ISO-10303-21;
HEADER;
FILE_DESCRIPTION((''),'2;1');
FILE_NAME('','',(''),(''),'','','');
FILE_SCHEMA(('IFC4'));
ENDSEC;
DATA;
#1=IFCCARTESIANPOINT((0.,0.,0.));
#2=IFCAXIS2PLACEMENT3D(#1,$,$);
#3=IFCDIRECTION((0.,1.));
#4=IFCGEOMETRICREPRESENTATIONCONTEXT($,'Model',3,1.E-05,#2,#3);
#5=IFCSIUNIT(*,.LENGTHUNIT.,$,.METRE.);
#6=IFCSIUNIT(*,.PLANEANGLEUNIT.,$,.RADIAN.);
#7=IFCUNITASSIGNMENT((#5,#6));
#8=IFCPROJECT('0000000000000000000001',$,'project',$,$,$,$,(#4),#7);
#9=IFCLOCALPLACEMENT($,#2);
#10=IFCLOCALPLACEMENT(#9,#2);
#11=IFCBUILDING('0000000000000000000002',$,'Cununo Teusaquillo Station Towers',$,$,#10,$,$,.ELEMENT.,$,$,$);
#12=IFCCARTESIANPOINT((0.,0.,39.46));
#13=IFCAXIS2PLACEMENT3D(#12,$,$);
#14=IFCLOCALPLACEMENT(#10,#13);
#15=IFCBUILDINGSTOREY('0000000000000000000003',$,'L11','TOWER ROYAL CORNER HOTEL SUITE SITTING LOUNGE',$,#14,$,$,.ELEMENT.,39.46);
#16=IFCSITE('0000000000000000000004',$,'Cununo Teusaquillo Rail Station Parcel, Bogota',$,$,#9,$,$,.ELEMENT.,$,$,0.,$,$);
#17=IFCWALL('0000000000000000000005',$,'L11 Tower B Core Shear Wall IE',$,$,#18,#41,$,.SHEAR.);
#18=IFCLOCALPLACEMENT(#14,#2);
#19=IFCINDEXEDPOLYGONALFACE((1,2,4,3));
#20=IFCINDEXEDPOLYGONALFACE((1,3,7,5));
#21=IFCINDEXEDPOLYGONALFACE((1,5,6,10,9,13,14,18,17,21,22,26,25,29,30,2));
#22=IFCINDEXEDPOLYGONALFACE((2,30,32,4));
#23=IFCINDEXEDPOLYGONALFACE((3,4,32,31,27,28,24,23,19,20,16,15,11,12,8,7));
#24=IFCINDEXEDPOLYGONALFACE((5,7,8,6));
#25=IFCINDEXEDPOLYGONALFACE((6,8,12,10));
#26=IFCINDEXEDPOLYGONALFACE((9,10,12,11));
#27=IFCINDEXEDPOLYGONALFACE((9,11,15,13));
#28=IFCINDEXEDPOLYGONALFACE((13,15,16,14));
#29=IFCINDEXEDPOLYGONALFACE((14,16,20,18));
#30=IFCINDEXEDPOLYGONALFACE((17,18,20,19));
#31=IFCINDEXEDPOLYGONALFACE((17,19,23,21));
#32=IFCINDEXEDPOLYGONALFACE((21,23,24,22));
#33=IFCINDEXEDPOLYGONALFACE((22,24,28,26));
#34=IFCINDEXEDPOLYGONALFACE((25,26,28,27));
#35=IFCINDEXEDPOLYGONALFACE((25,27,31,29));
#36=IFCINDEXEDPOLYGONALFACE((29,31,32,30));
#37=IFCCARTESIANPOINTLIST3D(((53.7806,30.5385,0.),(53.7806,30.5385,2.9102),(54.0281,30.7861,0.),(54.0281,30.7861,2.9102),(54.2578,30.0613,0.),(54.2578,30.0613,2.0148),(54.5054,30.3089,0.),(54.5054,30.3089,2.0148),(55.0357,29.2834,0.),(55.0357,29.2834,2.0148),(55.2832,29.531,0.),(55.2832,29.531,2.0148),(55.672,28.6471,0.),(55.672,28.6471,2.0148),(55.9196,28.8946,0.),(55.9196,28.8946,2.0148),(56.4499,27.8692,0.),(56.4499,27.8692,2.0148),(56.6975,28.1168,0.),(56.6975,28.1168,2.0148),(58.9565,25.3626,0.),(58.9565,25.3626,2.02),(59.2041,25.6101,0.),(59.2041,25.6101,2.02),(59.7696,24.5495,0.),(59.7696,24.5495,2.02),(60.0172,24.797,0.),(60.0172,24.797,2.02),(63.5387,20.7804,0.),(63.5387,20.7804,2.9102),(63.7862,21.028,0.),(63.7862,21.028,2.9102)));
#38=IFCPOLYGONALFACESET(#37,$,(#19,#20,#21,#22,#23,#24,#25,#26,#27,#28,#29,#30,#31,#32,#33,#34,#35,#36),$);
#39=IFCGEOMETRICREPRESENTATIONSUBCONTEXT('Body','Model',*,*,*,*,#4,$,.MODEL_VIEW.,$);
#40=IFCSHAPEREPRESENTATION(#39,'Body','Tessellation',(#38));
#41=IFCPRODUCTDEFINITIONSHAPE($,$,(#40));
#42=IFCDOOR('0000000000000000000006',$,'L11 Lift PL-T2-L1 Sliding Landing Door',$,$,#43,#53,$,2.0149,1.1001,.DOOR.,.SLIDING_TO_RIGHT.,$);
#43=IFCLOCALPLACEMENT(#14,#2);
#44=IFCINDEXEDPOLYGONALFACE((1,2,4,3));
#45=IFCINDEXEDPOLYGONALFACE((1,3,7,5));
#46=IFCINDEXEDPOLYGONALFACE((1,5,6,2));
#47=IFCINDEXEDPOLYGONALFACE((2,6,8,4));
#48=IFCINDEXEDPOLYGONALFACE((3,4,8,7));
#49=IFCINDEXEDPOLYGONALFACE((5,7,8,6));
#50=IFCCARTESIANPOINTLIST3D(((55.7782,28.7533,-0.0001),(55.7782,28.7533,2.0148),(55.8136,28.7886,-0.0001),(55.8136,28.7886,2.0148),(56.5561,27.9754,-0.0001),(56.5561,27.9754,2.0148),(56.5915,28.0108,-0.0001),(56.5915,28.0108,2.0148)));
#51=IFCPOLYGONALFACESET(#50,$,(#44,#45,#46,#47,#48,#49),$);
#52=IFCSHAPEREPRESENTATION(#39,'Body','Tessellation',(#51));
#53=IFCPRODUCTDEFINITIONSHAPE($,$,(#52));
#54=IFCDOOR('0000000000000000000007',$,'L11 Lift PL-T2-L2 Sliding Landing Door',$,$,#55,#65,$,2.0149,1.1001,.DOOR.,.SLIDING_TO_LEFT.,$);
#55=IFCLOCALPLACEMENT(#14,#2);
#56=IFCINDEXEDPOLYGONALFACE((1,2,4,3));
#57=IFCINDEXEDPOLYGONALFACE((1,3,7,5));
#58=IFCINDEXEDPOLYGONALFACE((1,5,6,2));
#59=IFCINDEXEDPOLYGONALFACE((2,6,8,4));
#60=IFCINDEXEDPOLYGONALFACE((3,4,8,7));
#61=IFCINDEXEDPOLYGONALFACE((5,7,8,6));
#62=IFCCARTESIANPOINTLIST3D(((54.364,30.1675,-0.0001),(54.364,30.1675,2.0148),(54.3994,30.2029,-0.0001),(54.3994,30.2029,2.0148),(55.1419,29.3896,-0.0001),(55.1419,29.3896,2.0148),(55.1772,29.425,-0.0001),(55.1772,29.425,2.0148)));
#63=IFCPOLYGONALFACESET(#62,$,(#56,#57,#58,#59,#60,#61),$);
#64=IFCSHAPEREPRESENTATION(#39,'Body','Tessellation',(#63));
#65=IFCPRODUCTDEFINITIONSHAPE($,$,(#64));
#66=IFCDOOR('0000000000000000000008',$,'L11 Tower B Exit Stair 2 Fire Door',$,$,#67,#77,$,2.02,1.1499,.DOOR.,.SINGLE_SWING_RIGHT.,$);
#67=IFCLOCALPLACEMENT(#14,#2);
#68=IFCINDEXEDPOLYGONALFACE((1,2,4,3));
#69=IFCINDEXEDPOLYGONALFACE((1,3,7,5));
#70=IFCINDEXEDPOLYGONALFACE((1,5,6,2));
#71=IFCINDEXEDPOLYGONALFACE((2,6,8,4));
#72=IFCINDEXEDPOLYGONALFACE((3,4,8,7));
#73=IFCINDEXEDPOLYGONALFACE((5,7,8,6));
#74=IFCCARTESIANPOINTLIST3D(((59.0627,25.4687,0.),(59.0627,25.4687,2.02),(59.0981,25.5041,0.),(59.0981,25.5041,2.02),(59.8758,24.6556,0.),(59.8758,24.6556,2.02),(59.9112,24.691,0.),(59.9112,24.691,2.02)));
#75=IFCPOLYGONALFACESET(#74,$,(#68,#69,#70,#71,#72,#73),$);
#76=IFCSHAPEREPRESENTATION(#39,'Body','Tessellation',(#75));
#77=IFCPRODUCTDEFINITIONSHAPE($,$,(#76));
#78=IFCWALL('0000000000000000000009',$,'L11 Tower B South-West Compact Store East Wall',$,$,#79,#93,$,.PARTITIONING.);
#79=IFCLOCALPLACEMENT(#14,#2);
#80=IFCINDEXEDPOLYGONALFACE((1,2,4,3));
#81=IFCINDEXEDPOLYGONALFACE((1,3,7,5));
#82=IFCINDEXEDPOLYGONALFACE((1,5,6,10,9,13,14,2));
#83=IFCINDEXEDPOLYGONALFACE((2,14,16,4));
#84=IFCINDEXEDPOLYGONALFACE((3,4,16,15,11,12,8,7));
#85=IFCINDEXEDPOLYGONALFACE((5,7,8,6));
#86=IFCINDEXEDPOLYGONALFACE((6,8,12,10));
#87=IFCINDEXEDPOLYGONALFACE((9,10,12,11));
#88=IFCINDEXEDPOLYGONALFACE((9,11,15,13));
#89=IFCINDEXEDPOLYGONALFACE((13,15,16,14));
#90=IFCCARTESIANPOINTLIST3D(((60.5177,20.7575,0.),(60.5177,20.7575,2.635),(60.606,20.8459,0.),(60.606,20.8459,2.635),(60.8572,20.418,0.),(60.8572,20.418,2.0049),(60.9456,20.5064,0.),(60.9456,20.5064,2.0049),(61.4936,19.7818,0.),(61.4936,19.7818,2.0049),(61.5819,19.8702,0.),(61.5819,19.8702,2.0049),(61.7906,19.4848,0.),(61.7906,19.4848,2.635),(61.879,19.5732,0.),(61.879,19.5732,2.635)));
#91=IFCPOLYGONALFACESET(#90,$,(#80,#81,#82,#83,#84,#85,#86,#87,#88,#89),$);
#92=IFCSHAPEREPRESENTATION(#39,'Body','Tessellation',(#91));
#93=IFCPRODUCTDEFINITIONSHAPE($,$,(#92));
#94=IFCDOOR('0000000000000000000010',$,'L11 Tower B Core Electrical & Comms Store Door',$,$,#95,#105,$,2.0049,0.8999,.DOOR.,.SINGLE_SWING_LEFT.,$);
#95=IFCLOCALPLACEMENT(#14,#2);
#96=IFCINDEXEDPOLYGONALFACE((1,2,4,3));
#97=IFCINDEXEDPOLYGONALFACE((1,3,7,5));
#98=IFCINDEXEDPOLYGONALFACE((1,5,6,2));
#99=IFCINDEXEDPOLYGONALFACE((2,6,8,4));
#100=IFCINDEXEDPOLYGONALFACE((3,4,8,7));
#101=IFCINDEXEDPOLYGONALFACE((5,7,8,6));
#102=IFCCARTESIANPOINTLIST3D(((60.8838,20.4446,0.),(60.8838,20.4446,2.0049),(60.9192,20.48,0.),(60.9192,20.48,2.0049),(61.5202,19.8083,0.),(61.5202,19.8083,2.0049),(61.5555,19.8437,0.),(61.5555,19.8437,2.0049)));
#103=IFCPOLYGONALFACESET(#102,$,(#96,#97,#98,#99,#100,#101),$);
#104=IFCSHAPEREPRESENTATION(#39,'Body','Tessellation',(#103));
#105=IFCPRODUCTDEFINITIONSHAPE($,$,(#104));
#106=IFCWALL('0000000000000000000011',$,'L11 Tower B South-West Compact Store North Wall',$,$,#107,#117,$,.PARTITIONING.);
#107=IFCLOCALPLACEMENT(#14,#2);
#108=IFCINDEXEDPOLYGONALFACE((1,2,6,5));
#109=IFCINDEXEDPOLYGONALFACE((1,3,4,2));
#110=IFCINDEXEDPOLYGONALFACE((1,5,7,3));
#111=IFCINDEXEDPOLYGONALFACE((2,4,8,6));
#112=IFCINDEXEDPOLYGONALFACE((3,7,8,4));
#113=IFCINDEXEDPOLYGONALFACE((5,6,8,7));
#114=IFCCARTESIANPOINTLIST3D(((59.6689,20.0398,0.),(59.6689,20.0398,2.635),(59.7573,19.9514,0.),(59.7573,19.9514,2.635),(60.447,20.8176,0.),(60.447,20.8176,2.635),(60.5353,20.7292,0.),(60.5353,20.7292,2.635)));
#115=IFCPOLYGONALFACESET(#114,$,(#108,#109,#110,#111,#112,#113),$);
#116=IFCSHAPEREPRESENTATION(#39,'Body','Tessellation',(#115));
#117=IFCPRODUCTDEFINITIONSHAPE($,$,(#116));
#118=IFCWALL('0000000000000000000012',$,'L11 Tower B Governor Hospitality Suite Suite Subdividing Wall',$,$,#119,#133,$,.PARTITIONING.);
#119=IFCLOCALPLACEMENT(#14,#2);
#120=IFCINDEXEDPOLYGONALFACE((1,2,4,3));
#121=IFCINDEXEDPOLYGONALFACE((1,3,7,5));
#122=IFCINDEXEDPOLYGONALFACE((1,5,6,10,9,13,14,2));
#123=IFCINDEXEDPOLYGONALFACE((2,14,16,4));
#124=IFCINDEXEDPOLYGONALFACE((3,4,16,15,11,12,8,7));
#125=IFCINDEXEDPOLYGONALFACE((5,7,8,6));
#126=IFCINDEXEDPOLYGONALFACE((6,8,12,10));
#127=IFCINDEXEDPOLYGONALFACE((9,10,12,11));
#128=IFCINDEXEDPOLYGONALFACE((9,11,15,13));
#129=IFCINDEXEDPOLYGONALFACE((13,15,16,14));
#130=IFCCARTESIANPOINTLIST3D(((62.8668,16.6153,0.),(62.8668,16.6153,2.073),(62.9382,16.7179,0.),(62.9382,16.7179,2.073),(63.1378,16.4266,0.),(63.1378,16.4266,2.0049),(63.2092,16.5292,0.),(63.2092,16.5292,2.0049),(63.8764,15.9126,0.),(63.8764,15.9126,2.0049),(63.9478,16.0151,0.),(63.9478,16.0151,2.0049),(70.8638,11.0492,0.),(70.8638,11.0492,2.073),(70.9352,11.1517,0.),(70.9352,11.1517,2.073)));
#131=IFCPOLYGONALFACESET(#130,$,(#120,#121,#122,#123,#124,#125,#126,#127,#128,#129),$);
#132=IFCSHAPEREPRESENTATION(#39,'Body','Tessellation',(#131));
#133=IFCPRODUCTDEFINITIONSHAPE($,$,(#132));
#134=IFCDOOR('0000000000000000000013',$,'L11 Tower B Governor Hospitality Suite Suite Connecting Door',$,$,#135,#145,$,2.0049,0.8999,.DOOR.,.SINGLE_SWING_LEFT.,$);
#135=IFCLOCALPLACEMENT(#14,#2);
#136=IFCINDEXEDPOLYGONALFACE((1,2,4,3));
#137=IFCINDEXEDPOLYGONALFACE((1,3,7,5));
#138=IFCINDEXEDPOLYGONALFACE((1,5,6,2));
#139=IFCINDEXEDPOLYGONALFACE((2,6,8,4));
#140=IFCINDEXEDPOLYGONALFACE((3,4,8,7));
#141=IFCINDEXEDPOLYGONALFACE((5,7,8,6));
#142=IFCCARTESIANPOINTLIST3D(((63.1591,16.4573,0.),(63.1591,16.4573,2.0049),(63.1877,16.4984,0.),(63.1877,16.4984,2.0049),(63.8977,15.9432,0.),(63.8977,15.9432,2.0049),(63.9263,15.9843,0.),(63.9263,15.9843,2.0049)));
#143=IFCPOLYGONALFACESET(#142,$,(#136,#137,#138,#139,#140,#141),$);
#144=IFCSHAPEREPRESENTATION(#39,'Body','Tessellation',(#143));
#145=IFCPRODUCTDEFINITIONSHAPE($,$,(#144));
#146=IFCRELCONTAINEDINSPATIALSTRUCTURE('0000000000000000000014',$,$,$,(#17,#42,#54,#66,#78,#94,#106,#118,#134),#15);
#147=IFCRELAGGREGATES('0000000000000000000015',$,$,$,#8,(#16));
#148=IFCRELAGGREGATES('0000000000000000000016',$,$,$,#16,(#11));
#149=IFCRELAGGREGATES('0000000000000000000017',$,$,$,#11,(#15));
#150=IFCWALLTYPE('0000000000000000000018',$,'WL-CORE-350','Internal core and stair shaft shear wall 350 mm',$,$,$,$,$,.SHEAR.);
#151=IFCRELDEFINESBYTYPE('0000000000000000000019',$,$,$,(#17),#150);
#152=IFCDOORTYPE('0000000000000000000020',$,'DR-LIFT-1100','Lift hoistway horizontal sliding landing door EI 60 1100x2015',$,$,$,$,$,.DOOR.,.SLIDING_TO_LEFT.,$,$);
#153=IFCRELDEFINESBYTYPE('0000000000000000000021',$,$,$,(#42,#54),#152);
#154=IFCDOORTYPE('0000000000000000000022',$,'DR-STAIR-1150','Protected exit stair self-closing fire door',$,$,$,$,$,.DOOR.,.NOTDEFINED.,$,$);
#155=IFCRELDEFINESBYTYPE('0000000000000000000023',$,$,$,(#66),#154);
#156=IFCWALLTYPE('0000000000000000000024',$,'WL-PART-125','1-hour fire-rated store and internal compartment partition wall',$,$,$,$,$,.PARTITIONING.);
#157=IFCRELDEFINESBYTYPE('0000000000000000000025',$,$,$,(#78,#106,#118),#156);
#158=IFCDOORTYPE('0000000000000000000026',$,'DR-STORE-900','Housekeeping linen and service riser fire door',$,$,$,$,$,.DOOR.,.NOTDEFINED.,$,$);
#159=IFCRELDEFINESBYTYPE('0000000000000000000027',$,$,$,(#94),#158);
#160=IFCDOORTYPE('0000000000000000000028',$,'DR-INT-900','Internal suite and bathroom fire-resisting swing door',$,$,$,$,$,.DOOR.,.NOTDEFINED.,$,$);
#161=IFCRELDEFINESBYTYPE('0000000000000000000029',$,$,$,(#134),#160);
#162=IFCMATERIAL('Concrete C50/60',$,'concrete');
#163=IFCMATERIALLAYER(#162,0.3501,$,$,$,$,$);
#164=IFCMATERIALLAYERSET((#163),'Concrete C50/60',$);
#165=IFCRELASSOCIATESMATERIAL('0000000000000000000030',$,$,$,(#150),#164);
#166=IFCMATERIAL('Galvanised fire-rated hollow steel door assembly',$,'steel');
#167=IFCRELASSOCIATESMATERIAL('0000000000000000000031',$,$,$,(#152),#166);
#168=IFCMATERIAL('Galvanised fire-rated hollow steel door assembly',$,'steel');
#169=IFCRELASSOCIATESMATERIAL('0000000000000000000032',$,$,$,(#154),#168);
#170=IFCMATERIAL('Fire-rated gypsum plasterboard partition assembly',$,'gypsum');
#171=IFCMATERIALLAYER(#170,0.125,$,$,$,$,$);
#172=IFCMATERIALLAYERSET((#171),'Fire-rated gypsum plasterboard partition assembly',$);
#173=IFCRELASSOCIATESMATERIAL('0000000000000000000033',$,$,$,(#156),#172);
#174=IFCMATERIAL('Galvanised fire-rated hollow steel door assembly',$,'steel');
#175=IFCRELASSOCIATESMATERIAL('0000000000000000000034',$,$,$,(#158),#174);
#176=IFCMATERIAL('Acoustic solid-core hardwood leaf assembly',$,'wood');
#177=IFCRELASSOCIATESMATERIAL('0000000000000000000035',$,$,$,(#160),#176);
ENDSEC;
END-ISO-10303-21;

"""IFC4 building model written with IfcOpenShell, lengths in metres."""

from ifc_helpers import new_model, si_unit, direction, frame, frame_2d, origin, place, context, subcontext, project, spatial, rectangle, extrude, source, transform, mapped, material, layer, layer_set, type_object, element, fill, save


model = new_model("IFC4")

# Units and contexts
model_context = context("Model", 3, precision=1e-05, world=origin(), true_north=direction((0.0, 1.0)))
body_context = subcontext(model_context, "Body", "Model", "MODEL_VIEW")
ifc_project = project(units=[si_unit("LENGTHUNIT", "METRE"), si_unit("PLANEANGLEUNIT", "RADIAN")], contexts=[model_context])

# Site, building, storey
site_placement = place(None, origin())
site = spatial("IfcSite", under=ifc_project, at=site_placement, Name="Cununo Teusaquillo Rail Station Parcel, Bogota", CompositionType="ELEMENT", RefElevation=0.0)
building_placement = place(site_placement, origin())
building = spatial("IfcBuilding", under=site, at=building_placement, Name="Cununo Teusaquillo Station Towers", CompositionType="ELEMENT")
storey_placement = place(building_placement, frame((0.0, 0.0, 39.46)))
storey = spatial("IfcBuildingStorey", under=building, at=storey_placement, Name="L11", Description="TOWER ROYAL CORNER HOTEL SUITE SITTING LOUNGE", CompositionType="ELEMENT", Elevation=39.46)

# Wall, openings, doors
ifc_material_1 = material(Name="Concrete C50/60", Category="concrete")
ifc_layer_1 = layer(ifc_material_1, 0.3501)
ifc_layer_set_1 = layer_set([ifc_layer_1], Name="Concrete C50/60")
wall_type_1 = type_object("IfcWallType", Name="WL-CORE-350", Description="Internal core and stair shaft shear wall 350 mm", PredefinedType="SHEAR", material=ifc_layer_set_1)
shared_shape_1 = source(origin(), body_context, "Body", "SweptSolid", [
    extrude(rectangle(XDim=1.1001, YDim=2.0149, at=frame_2d((0.55, 1.0073))), frame((0.0, 0.1851, 0.0), z_axis=(0.0, -1.0, 0.0), x_axis=(1.0, 0.0, 0.0)), (0.0, 0.0, 1.0), 0.3701),
])
shared_shape_2 = source(origin(), body_context, "Body", "SweptSolid", [
    extrude(rectangle(XDim=1.1499, YDim=2.02, at=frame_2d((0.575, 1.01))), frame((0.0, 0.1851, 0.0), z_axis=(0.0, -1.0, 0.0), x_axis=(1.0, 0.0, 0.0)), (0.0, 0.0, 1.0), 0.3701),
])
ifc_material_2 = material(Name="Galvanised fire-rated hollow steel door assembly", Category="steel")
door_type_1 = type_object("IfcDoorType", Name="DR-LIFT-1100", Description="Lift hoistway horizontal sliding landing door EI 60 1100x2015", OperationType="SLIDING_TO_LEFT", PredefinedType="DOOR", material=ifc_material_2)
shared_shape_3 = source(origin(), body_context, "Body", "SweptSolid", [
    extrude(rectangle(XDim=1.1001, YDim=2.0149, at=frame_2d((0.55, 1.0073))), frame((0.0, 0.0249, 0.0), z_axis=(0.0, -1.0, 0.0), x_axis=(1.0, 0.0, 0.0)), (0.0, 0.0, 1.0), 0.05),
])
ifc_material_3 = material(Name="Galvanised fire-rated hollow steel door assembly", Category="steel")
door_type_2 = type_object("IfcDoorType", Name="DR-STAIR-1150", Description="Protected exit stair self-closing fire door", OperationType="NOTDEFINED", PredefinedType="DOOR", material=ifc_material_3)
shared_shape_4 = source(origin(), body_context, "Body", "SweptSolid", [
    extrude(rectangle(XDim=1.1499, YDim=2.02, at=frame_2d((0.575, 1.01))), frame((0.0, 0.0249, 0.0), z_axis=(0.0, -1.0, 0.0), x_axis=(1.0, 0.0, 0.0)), (0.0, 0.0, 1.0), 0.05),
])
wall_1_placement = place(storey_placement, frame((63.6624, 20.9043, 0.0), z_axis=(0.0, 0.0, 1.0), x_axis=(-0.707107, 0.707107, 0.0)))
wall_1 = element("IfcWall", 1, at=wall_1_placement, inside=storey, type_object=wall_type_1, Name="L11 Tower B Core Shear Wall IE", PredefinedType="SHEAR", context=body_context, shape_type="SweptSolid", body=[
    extrude(rectangle(XDim=13.8, YDim=0.3501, at=frame_2d((6.8999, 0.0))), origin(), (0.0, 0.0, 1.0), 2.9102),
])
opening_1_placement = place(wall_1_placement, frame((10.0249, 0.0, 0.0)))
opening_1 = element("IfcOpeningElement", 2, at=opening_1_placement, cuts=wall_1, PredefinedType="OPENING", context=body_context, shape_type="MappedRepresentation", body=[
    mapped(shared_shape_1, transform((0.0, 0.0, 0.0), x_axis=(1.0, 0.0, 0.0), y_axis=(0.0, 1.0, 0.0), z_axis=(0.0, 0.0, 1.0), scale=1.0)),
])
opening_2_placement = place(wall_1_placement, frame((12.0249, 0.0, 0.0)))
opening_2 = element("IfcOpeningElement", 3, at=opening_2_placement, cuts=wall_1, PredefinedType="OPENING", context=body_context, shape_type="MappedRepresentation", body=[
    mapped(shared_shape_1, transform((0.0, 0.0, 0.0), x_axis=(1.0, 0.0, 0.0), y_axis=(0.0, 1.0, 0.0), z_axis=(0.0, 0.0, 1.0), scale=1.0)),
])
opening_3_placement = place(wall_1_placement, frame((5.3301, 0.0, 0.0)))
opening_3 = element("IfcOpeningElement", 4, at=opening_3_placement, cuts=wall_1, PredefinedType="OPENING", context=body_context, shape_type="MappedRepresentation", body=[
    mapped(shared_shape_2, transform((0.0, 0.0, 0.0), x_axis=(1.0, 0.0, 0.0), y_axis=(0.0, 1.0, 0.0), z_axis=(0.0, 0.0, 1.0), scale=1.0)),
])
door_1_placement = place(opening_1_placement, origin())
door_1 = element("IfcDoor", 5, at=door_1_placement, inside=storey, type_object=door_type_1, Name="L11 Lift PL-T2-L1 Sliding Landing Door", OperationType="SLIDING_TO_RIGHT", OverallHeight=2.0149, OverallWidth=1.1001, PredefinedType="DOOR", context=body_context, shape_type="MappedRepresentation", body=[
    mapped(shared_shape_3, transform((0.0, 0.0, 0.0), x_axis=(1.0, 0.0, 0.0), y_axis=(0.0, 1.0, 0.0), z_axis=(0.0, 0.0, 1.0), scale=1.0)),
])
fill(opening_1, door_1)
door_2_placement = place(opening_2_placement, origin())
door_2 = element("IfcDoor", 6, at=door_2_placement, inside=storey, type_object=door_type_1, Name="L11 Lift PL-T2-L2 Sliding Landing Door", OperationType="SLIDING_TO_LEFT", OverallHeight=2.0149, OverallWidth=1.1001, PredefinedType="DOOR", context=body_context, shape_type="MappedRepresentation", body=[
    mapped(shared_shape_3, transform((0.0, 0.0, 0.0), x_axis=(1.0, 0.0, 0.0), y_axis=(0.0, 1.0, 0.0), z_axis=(0.0, 0.0, 1.0), scale=1.0)),
])
fill(opening_2, door_2)
door_3_placement = place(opening_3_placement, origin())
door_3 = element("IfcDoor", 7, at=door_3_placement, inside=storey, type_object=door_type_2, Name="L11 Tower B Exit Stair 2 Fire Door", OperationType="SINGLE_SWING_RIGHT", OverallHeight=2.02, OverallWidth=1.1499, PredefinedType="DOOR", context=body_context, shape_type="MappedRepresentation", body=[
    mapped(shared_shape_4, transform((0.0, 0.0, 0.0), x_axis=(1.0, 0.0, 0.0), y_axis=(0.0, 1.0, 0.0), z_axis=(0.0, 0.0, 1.0), scale=1.0)),
])
fill(opening_3, door_3)

# Wall, opening, door
ifc_material_4 = material(Name="Fire-rated gypsum plasterboard partition assembly", Category="gypsum")
ifc_layer_2 = layer(ifc_material_4, 0.125)
ifc_layer_set_2 = layer_set([ifc_layer_2], Name="Fire-rated gypsum plasterboard partition assembly")
wall_type_2 = type_object("IfcWallType", Name="WL-PART-125", Description="1-hour fire-rated store and internal compartment partition wall", PredefinedType="PARTITIONING", material=ifc_layer_set_2)
wall_2_placement = place(storey_placement, frame((61.8347, 19.5291, 0.0), z_axis=(0.0, 0.0, 1.0), x_axis=(-0.707175, 0.707039, 0.0)))
wall_2 = element("IfcWall", 8, at=wall_2_placement, inside=storey, type_object=wall_type_2, Name="L11 Tower B South-West Compact Store East Wall", PredefinedType="PARTITIONING", context=body_context, shape_type="SweptSolid", body=[
    extrude(rectangle(XDim=1.8, YDim=0.125, at=frame_2d((0.8999, 0.0))), origin(), (0.0, 0.0, 1.0), 2.635),
])
shared_shape_5 = source(origin(), body_context, "Body", "SweptSolid", [
    extrude(rectangle(XDim=0.8999, YDim=2.0049, at=frame_2d((0.45, 1.0024))), frame((0.0, 0.0725, 0.0), z_axis=(0.0, -1.0, 0.0), x_axis=(1.0, 0.0, 0.0)), (0.0, 0.0, 1.0), 0.145),
])
opening_4_placement = place(wall_2_placement, frame((0.4199, 0.0, 0.0)))
opening_4 = element("IfcOpeningElement", 9, at=opening_4_placement, cuts=wall_2, PredefinedType="OPENING", context=body_context, shape_type="MappedRepresentation", body=[
    mapped(shared_shape_5, transform((0.0, 0.0, 0.0), x_axis=(1.0, 0.0, 0.0), y_axis=(0.0, 1.0, 0.0), z_axis=(0.0, 0.0, 1.0), scale=1.0)),
])
ifc_material_5 = material(Name="Galvanised fire-rated hollow steel door assembly", Category="steel")
door_type_3 = type_object("IfcDoorType", Name="DR-STORE-900", Description="Housekeeping linen and service riser fire door", OperationType="NOTDEFINED", PredefinedType="DOOR", material=ifc_material_5)
shared_shape_6 = source(origin(), body_context, "Body", "SweptSolid", [
    extrude(rectangle(XDim=0.8999, YDim=2.0049, at=frame_2d((0.45, 1.0024))), frame((0.0, 0.0249, 0.0), z_axis=(0.0, -1.0, 0.0), x_axis=(1.0, 0.0, 0.0)), (0.0, 0.0, 1.0), 0.05),
])
door_4_placement = place(opening_4_placement, origin())
door_4 = element("IfcDoor", 10, at=door_4_placement, inside=storey, type_object=door_type_3, Name="L11 Tower B Core Electrical & Comms Store Door", OperationType="SINGLE_SWING_LEFT", OverallHeight=2.0049, OverallWidth=0.8999, PredefinedType="DOOR", context=body_context, shape_type="MappedRepresentation", body=[
    mapped(shared_shape_6, transform((0.0, 0.0, 0.0), x_axis=(1.0, 0.0, 0.0), y_axis=(0.0, 1.0, 0.0), z_axis=(0.0, 0.0, 1.0), scale=1.0)),
])
fill(opening_4, door_4)

# Wall
wall_3_placement = place(storey_placement, frame((59.7131, 19.9956, 0.0), z_axis=(0.0, 0.0, 1.0), x_axis=(0.707218, 0.706996, 0.0)))
element("IfcWall", 11, at=wall_3_placement, inside=storey, type_object=wall_type_2, Name="L11 Tower B South-West Compact Store North Wall", PredefinedType="PARTITIONING", context=body_context, shape_type="SweptSolid", body=[
    extrude(rectangle(XDim=1.1001, YDim=0.125, at=frame_2d((0.55, 0.0))), origin(), (0.0, 0.0, 1.0), 2.635),
])

# Wall, opening, door
wall_4_placement = place(storey_placement, frame((62.9026, 16.6665, 0.0), z_axis=(0.0, 0.0, 1.0), x_axis=(0.820762, -0.571271, 0.0)))
wall_4 = element("IfcWall", 12, at=wall_4_placement, inside=storey, type_object=wall_type_2, Name="L11 Tower B Governor Hospitality Suite Suite Subdividing Wall", PredefinedType="PARTITIONING", context=body_context, shape_type="SweptSolid", body=[
    extrude(rectangle(XDim=9.7434, YDim=0.125, at=frame_2d((4.8716, 0.0))), origin(), (0.0, 0.0, 1.0), 2.073),
])
opening_5_placement = place(wall_4_placement, frame((0.3301, 0.0, 0.0)))
opening_5 = element("IfcOpeningElement", 13, at=opening_5_placement, cuts=wall_4, PredefinedType="OPENING", context=body_context, shape_type="MappedRepresentation", body=[
    mapped(shared_shape_5, transform((0.0, 0.0, 0.0), x_axis=(1.0, 0.0, 0.0), y_axis=(0.0, 1.0, 0.0), z_axis=(0.0, 0.0, 1.0), scale=1.0)),
])
ifc_material_6 = material(Name="Acoustic solid-core hardwood leaf assembly", Category="wood")
door_type_4 = type_object("IfcDoorType", Name="DR-INT-900", Description="Internal suite and bathroom fire-resisting swing door", OperationType="NOTDEFINED", PredefinedType="DOOR", material=ifc_material_6)
door_5_placement = place(opening_5_placement, origin())
door_5 = element("IfcDoor", 14, at=door_5_placement, inside=storey, type_object=door_type_4, Name="L11 Tower B Governor Hospitality Suite Suite Connecting Door", OperationType="SINGLE_SWING_LEFT", OverallHeight=2.0049, OverallWidth=0.8999, PredefinedType="DOOR", context=body_context, shape_type="MappedRepresentation", body=[
    mapped(shared_shape_6, transform((0.0, 0.0, 0.0), x_axis=(1.0, 0.0, 0.0), y_axis=(0.0, 1.0, 0.0), z_axis=(0.0, 0.0, 1.0), scale=1.0)),
])
fill(opening_5, door_5)

save(model, "model.ifc")
